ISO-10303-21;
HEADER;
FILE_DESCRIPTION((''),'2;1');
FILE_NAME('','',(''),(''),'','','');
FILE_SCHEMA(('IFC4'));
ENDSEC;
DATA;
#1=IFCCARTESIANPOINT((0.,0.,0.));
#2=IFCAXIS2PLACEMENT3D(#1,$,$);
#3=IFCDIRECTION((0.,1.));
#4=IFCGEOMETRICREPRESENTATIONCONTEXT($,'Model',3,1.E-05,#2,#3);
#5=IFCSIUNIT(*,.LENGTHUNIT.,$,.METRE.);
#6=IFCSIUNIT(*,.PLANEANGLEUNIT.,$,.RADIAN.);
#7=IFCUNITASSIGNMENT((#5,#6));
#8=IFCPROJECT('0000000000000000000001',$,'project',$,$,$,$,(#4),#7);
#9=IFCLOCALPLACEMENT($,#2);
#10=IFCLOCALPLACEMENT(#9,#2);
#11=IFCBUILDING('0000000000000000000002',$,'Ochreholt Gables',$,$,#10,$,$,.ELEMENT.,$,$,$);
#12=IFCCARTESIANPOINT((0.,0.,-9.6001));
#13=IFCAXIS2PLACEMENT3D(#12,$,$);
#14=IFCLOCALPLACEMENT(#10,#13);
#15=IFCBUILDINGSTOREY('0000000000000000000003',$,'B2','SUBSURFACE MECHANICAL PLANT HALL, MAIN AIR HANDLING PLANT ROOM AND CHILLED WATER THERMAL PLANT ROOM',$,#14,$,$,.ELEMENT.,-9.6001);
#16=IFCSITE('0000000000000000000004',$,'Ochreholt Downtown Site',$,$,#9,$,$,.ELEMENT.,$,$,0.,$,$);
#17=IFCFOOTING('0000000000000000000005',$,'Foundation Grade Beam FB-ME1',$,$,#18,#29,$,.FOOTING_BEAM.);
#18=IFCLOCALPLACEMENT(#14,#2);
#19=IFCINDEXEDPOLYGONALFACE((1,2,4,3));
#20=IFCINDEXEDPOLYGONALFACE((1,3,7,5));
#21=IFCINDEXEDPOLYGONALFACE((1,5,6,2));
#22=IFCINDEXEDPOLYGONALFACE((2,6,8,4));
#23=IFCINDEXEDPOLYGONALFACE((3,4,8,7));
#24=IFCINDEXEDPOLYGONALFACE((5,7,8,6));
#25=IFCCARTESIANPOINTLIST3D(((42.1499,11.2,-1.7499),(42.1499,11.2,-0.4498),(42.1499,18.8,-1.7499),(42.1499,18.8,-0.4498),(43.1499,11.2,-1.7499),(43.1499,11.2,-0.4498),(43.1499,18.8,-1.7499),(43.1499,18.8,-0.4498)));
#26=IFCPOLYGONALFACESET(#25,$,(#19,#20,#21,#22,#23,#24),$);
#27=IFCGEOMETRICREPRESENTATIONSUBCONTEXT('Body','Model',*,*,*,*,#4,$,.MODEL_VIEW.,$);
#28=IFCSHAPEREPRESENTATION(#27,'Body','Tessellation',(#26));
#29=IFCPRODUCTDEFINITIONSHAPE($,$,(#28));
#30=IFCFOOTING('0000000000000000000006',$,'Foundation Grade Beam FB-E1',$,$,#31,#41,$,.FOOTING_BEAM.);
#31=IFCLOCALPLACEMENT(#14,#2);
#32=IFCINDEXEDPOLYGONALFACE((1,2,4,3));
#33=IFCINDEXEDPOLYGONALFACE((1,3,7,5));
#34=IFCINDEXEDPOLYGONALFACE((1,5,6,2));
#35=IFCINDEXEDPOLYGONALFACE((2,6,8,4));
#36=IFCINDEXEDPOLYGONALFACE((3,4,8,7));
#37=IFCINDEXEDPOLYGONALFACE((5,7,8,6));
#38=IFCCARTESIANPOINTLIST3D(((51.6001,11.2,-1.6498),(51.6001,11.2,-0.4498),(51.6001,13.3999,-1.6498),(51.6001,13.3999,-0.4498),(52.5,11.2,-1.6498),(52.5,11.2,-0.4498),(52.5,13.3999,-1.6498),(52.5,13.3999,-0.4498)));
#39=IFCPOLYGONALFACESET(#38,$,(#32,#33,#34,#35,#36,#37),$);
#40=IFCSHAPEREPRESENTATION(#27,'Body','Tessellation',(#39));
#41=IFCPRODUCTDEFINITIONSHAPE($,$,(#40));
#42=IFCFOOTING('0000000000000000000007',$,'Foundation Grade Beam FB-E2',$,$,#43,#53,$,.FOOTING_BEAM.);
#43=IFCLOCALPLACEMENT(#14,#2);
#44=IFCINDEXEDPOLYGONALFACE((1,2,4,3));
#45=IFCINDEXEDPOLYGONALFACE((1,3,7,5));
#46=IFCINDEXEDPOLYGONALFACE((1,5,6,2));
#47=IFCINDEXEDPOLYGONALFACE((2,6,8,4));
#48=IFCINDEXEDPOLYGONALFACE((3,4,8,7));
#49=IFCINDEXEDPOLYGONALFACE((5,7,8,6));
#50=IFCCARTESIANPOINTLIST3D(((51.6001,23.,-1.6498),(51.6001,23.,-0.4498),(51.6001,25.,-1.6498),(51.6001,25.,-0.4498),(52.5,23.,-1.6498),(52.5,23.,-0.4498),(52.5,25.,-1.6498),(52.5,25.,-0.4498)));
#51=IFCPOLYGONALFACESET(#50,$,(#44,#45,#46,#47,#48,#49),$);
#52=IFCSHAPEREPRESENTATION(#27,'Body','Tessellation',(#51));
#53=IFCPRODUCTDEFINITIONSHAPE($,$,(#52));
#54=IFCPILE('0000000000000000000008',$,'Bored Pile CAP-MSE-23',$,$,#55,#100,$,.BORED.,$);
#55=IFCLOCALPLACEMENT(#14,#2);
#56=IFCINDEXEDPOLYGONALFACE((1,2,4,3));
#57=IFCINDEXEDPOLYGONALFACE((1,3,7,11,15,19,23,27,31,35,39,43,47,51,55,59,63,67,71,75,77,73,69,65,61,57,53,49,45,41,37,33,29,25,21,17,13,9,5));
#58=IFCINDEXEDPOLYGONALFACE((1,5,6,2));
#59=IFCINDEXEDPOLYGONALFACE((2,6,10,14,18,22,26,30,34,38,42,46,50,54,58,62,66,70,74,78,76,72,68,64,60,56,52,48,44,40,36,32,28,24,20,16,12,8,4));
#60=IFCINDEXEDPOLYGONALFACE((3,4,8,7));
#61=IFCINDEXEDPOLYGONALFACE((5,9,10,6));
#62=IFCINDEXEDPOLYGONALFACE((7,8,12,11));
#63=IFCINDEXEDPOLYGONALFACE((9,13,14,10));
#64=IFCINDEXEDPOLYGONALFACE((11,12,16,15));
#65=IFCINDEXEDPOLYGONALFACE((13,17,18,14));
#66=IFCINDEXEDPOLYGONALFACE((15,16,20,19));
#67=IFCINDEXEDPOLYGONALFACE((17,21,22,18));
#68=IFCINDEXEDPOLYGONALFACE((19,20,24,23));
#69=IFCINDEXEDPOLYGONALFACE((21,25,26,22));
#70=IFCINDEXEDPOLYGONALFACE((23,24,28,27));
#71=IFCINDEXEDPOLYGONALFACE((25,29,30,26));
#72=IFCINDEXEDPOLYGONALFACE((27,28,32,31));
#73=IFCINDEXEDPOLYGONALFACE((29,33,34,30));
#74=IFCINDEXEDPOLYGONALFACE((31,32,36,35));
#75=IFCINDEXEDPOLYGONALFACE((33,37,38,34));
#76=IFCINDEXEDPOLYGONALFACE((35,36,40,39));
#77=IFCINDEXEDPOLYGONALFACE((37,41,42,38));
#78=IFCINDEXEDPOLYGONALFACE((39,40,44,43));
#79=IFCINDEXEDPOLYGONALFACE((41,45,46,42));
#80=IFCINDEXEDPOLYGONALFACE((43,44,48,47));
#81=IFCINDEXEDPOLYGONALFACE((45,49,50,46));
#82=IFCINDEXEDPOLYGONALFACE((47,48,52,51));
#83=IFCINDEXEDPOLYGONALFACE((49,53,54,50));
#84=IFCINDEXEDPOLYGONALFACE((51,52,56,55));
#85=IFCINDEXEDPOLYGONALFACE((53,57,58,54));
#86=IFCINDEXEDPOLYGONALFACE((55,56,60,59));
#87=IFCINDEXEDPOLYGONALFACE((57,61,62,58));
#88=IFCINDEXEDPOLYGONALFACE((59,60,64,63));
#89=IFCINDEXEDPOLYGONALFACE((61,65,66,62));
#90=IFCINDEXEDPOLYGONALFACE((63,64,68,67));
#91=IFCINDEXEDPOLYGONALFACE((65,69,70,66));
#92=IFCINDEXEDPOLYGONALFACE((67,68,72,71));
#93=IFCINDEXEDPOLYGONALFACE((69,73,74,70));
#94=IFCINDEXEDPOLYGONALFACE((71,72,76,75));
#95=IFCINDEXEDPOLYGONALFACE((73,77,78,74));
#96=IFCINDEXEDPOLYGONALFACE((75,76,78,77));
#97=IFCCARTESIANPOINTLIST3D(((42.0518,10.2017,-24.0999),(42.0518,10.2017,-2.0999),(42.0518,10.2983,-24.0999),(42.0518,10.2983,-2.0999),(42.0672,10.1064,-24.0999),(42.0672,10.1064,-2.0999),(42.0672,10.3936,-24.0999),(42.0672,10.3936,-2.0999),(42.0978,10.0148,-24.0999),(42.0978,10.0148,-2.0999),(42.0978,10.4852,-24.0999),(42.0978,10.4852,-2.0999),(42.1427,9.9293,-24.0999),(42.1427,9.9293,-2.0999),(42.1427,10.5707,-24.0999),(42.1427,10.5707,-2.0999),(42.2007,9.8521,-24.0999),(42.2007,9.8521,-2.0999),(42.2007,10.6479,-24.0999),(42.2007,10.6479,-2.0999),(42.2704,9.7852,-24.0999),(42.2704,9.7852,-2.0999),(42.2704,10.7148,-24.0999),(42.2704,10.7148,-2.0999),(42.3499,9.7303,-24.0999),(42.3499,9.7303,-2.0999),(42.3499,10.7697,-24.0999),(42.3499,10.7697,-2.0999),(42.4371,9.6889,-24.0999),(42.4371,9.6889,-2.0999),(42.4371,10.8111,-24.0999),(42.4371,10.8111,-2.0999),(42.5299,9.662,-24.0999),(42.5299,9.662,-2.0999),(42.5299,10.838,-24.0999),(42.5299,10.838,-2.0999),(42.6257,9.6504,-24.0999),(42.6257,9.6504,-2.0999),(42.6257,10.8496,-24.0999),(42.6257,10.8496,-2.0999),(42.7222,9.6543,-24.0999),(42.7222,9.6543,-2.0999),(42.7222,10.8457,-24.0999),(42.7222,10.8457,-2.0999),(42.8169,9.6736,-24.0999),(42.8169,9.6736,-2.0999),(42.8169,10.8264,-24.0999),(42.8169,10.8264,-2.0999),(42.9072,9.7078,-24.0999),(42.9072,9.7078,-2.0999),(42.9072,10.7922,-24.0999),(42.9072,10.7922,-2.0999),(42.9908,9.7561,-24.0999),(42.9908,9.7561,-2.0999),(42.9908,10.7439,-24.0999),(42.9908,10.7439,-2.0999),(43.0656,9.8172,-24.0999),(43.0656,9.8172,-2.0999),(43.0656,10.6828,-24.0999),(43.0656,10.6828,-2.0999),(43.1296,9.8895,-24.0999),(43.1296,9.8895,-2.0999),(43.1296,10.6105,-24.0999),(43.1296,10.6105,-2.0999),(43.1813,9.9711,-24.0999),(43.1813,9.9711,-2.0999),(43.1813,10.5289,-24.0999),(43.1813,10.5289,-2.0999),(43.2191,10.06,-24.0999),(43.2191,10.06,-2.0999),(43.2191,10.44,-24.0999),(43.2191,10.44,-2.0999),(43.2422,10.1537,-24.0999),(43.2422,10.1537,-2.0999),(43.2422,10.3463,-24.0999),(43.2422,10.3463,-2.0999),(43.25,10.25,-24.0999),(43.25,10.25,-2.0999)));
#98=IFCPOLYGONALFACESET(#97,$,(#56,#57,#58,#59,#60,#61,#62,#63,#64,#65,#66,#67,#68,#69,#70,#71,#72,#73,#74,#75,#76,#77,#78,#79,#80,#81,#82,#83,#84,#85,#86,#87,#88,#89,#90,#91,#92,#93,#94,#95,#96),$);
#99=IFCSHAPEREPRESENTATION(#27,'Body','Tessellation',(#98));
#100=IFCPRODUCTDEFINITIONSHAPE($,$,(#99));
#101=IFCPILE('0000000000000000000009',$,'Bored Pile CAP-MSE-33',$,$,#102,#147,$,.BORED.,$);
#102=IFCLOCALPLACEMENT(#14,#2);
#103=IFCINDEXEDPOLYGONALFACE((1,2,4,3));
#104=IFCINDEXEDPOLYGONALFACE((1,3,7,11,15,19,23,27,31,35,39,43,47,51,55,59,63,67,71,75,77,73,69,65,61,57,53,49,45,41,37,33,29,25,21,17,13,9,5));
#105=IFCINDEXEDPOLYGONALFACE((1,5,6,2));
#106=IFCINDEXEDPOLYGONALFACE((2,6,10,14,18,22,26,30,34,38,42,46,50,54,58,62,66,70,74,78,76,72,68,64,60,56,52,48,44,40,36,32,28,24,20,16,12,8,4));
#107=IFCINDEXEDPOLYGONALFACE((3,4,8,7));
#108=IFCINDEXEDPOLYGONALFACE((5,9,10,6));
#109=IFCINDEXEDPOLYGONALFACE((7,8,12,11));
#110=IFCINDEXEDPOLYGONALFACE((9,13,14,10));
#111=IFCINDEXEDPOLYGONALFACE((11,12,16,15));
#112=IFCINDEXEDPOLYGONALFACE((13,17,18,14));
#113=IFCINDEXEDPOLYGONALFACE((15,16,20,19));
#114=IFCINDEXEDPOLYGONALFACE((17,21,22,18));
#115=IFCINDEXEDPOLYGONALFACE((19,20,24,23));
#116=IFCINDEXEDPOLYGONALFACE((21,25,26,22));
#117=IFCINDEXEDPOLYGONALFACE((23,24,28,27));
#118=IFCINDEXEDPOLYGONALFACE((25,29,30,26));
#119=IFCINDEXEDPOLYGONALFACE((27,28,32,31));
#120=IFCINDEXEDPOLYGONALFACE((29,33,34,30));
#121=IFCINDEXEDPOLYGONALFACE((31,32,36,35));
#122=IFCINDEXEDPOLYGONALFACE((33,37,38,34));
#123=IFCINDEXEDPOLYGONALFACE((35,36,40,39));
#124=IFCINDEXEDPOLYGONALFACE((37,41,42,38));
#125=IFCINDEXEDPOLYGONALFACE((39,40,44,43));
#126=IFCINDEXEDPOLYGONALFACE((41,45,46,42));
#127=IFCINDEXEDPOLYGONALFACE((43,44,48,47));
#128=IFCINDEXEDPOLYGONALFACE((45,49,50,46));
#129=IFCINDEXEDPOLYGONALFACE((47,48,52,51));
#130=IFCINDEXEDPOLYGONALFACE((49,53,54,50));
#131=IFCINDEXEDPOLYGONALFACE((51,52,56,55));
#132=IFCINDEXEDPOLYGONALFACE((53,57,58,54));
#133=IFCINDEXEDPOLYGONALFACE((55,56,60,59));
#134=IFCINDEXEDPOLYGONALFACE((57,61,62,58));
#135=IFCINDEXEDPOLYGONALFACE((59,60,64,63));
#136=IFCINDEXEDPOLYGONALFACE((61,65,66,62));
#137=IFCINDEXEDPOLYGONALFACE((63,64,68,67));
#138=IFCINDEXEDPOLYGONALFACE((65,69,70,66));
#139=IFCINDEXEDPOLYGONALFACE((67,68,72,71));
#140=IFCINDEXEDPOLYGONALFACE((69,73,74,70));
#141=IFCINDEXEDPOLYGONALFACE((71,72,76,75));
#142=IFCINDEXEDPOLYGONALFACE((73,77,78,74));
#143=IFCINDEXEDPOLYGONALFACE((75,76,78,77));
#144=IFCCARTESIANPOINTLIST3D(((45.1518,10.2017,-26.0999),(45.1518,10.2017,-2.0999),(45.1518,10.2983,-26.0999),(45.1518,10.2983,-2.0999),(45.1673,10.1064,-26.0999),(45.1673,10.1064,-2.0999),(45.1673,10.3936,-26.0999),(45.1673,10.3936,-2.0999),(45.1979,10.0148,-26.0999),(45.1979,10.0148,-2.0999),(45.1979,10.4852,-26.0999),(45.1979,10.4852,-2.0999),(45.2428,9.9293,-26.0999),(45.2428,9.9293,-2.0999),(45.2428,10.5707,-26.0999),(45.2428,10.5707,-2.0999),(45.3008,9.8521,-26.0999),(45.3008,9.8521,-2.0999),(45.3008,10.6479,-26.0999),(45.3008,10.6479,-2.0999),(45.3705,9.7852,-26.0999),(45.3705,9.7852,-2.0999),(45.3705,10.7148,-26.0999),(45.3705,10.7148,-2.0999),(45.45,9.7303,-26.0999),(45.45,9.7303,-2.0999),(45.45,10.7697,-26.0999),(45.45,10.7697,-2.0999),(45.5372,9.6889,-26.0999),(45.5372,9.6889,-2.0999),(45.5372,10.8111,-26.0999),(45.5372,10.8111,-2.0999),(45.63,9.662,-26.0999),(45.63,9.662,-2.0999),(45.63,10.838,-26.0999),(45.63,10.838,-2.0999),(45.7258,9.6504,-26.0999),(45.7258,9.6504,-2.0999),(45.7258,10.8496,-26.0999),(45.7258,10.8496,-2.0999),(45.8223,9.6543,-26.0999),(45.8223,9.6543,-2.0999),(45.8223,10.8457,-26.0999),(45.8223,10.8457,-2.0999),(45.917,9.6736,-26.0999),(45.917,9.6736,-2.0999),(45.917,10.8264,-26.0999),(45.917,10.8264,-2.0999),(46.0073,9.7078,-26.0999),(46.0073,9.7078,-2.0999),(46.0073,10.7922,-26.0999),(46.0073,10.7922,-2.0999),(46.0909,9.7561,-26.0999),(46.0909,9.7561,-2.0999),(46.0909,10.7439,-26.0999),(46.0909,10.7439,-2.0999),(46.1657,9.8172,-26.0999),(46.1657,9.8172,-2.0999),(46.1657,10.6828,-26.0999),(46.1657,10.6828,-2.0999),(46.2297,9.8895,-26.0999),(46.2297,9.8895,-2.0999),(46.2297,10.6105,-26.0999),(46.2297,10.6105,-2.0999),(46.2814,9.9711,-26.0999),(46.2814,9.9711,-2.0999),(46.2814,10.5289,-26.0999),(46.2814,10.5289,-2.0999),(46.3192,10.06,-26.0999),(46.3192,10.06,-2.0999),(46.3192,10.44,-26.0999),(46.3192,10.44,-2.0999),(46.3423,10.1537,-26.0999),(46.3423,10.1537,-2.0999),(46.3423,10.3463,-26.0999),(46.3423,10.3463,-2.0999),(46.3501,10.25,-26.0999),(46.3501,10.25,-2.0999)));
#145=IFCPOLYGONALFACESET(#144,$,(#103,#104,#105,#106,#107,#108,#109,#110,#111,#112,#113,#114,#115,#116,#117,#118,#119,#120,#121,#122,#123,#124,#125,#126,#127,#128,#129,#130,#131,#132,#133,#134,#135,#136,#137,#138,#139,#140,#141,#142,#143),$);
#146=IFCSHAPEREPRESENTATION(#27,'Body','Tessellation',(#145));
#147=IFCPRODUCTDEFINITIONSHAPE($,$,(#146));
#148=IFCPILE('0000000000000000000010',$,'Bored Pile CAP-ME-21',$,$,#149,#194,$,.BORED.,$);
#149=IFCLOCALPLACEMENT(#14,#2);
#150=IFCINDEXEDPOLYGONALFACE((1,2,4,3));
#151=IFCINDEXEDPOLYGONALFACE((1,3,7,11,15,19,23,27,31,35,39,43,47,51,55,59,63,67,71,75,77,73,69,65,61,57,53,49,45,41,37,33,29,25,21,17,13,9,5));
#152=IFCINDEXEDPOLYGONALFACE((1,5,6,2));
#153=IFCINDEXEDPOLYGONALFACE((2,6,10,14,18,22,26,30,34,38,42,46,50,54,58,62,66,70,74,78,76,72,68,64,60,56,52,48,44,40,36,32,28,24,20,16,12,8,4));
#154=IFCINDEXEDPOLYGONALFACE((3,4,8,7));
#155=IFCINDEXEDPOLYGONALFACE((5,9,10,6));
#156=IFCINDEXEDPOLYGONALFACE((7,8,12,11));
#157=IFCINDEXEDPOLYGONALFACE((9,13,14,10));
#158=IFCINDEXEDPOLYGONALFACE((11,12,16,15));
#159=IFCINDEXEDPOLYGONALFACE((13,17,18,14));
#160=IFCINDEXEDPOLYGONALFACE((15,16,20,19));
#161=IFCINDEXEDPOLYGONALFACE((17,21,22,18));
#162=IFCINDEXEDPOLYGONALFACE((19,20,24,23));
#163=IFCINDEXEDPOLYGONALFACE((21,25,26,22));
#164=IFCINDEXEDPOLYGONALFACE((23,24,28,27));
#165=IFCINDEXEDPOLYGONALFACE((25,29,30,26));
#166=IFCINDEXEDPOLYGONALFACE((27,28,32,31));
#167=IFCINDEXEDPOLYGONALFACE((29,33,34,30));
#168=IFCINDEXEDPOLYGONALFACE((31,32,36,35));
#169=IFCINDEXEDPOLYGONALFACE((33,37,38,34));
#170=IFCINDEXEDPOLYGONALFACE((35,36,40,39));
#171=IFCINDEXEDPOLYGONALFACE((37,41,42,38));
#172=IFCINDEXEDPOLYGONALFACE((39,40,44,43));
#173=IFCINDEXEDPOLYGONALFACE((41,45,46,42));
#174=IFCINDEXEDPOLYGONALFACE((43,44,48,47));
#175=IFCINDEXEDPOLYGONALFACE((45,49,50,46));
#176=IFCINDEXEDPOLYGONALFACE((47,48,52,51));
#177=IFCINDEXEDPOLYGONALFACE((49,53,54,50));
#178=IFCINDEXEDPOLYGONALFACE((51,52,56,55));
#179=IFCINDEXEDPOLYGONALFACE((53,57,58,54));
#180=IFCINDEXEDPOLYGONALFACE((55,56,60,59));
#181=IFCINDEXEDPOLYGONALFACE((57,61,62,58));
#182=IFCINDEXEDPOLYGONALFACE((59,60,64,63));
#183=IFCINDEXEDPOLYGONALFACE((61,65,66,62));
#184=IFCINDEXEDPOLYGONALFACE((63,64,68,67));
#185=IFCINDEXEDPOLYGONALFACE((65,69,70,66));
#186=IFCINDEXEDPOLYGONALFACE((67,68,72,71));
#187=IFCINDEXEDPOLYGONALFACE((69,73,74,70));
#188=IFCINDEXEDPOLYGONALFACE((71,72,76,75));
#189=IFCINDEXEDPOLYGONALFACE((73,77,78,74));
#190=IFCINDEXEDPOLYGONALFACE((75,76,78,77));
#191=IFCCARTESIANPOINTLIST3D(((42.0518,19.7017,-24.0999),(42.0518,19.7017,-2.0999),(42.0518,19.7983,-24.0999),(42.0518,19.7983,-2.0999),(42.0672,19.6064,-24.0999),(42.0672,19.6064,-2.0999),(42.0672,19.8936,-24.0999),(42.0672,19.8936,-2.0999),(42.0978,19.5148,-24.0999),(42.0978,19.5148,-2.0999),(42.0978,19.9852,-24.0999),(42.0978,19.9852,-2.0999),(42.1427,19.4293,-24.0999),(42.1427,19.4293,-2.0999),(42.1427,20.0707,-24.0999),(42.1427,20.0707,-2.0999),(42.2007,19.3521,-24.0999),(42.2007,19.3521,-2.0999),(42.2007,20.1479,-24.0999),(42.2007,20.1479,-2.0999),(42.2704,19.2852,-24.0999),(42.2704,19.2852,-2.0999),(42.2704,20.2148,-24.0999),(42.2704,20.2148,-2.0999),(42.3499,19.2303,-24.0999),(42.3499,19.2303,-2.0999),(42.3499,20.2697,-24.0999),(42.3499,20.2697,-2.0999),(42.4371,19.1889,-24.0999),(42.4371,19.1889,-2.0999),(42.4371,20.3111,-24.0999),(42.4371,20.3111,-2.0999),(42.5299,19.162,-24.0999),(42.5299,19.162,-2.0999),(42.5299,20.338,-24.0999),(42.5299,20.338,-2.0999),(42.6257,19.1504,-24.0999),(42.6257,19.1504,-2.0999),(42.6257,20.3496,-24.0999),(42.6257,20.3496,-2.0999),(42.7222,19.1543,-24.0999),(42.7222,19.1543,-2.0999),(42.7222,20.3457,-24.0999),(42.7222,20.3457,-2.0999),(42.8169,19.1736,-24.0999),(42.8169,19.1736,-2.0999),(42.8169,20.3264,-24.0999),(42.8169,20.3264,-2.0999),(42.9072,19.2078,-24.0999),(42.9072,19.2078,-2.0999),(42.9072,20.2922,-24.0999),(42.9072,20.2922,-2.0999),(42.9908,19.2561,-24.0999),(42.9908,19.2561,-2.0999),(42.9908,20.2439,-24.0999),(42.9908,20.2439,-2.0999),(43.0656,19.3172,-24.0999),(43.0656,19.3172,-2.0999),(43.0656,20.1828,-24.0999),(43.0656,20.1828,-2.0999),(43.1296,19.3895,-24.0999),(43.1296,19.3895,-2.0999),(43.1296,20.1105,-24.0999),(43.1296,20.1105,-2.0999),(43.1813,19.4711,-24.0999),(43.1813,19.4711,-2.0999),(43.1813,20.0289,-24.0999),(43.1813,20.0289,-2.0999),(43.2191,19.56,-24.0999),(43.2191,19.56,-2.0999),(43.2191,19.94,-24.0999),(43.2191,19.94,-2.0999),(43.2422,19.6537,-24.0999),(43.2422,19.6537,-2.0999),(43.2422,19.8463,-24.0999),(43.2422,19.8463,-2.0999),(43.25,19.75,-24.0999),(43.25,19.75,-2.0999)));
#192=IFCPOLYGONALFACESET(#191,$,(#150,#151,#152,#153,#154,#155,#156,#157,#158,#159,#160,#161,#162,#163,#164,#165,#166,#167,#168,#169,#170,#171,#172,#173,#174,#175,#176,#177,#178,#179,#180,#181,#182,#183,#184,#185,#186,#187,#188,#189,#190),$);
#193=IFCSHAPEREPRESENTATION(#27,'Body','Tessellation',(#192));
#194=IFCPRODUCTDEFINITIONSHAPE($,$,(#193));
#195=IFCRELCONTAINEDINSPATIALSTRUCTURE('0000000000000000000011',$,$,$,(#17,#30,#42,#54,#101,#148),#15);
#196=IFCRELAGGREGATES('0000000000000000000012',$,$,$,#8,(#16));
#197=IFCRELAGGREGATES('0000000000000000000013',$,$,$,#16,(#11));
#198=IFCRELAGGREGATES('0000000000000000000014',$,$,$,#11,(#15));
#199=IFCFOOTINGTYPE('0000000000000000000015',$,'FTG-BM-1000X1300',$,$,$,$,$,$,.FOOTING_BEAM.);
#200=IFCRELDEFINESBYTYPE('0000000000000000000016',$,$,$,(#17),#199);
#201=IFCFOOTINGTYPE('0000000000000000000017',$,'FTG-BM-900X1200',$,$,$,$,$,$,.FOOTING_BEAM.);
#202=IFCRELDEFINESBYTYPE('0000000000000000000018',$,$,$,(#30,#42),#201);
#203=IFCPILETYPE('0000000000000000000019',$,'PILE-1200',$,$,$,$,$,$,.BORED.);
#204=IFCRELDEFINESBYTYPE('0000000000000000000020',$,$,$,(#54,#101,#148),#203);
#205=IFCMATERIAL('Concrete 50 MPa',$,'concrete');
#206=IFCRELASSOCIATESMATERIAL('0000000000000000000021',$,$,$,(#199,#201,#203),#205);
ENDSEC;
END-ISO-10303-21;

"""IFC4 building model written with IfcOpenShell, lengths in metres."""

from ifc_helpers import new_model, si_unit, direction, frame, origin, origin_2d, place, context, subcontext, project, spatial, rectangle, circle, extrude, material, material_profile, profile_set, type_object, element, save


model = new_model("IFC4")

# Units and contexts
model_context = context("Model", 3, precision=1e-05, world=origin(), true_north=direction((0.0, 1.0)))
body_context = subcontext(model_context, "Body", "Model", "MODEL_VIEW")
ifc_project = project(units=[si_unit("LENGTHUNIT", "METRE"), si_unit("PLANEANGLEUNIT", "RADIAN")], contexts=[model_context])

# Site, building, storey
site_placement = place(None, origin())
site = spatial("IfcSite", under=ifc_project, at=site_placement, Name="Ochreholt Downtown Site", CompositionType="ELEMENT", RefElevation=0.0)
building_placement = place(site_placement, origin())
building = spatial("IfcBuilding", under=site, at=building_placement, Name="Ochreholt Gables", CompositionType="ELEMENT")
storey_placement = place(building_placement, frame((0.0, 0.0, -9.6001)))
storey = spatial("IfcBuildingStorey", under=building, at=storey_placement, Name="B2", Description="SUBSURFACE MECHANICAL PLANT HALL, MAIN AIR HANDLING PLANT ROOM AND CHILLED WATER THERMAL PLANT ROOM", CompositionType="ELEMENT", Elevation=-9.6001)

# Footings
ifc_material_1 = material(Name="Concrete 50 MPa", Category="concrete")
ifc_material_profile_1 = material_profile(ifc_material_1, rectangle(XDim=1.0, YDim=1.3, at=origin_2d()), Name="FB1000X1300")
ifc_profile_set_1 = profile_set([ifc_material_profile_1], Name="Concrete 50 MPa")
footing_type_1 = type_object("IfcFootingType", Name="FTG-BM-1000X1300", PredefinedType="FOOTING_BEAM", material=ifc_profile_set_1)
footing_1_placement = place(storey_placement, frame((42.6499, 11.2, -1.0999), z_axis=(0.0, 1.0, 0.0), x_axis=(-1.0, 0.0, 0.0)))
element("IfcFooting", 1, at=footing_1_placement, inside=storey, type_object=footing_type_1, Name="Foundation Grade Beam FB-ME1", PredefinedType="FOOTING_BEAM", context=body_context, shape_type="SweptSolid", body=[
    extrude(rectangle(XDim=1.0, YDim=1.3, at=origin_2d()), origin(), (0.0, 0.0, 1.0), 7.6001),
])
ifc_material_profile_2 = material_profile(ifc_material_1, rectangle(XDim=0.8999, YDim=1.2, at=origin_2d()), Name="FB900X1200")
ifc_profile_set_2 = profile_set([ifc_material_profile_2], Name="Concrete 50 MPa")
footing_type_2 = type_object("IfcFootingType", Name="FTG-BM-900X1200", PredefinedType="FOOTING_BEAM", material=ifc_profile_set_2)
footing_2_placement = place(storey_placement, frame((52.05, 11.2, -1.0498), z_axis=(0.0, 1.0, 0.0), x_axis=(-1.0, 0.0, 0.0)))
element("IfcFooting", 2, at=footing_2_placement, inside=storey, type_object=footing_type_2, Name="Foundation Grade Beam FB-E1", PredefinedType="FOOTING_BEAM", context=body_context, shape_type="SweptSolid", body=[
    extrude(rectangle(XDim=0.8999, YDim=1.2, at=origin_2d()), origin(), (0.0, 0.0, 1.0), 2.2),
])
footing_3_placement = place(storey_placement, frame((52.05, 23.0, -1.0498), z_axis=(0.0, 1.0, 0.0), x_axis=(-1.0, 0.0, 0.0)))
element("IfcFooting", 3, at=footing_3_placement, inside=storey, type_object=footing_type_2, Name="Foundation Grade Beam FB-E2", PredefinedType="FOOTING_BEAM", context=body_context, shape_type="SweptSolid", body=[
    extrude(rectangle(XDim=0.8999, YDim=1.2, at=origin_2d()), origin(), (0.0, 0.0, 1.0), 2.0),
])

# Piles
ifc_material_profile_3 = material_profile(ifc_material_1, circle(Radius=0.6001, at=origin_2d()), Name="PILE1200")
ifc_profile_set_3 = profile_set([ifc_material_profile_3], Name="Concrete 50 MPa")
pile_type = type_object("IfcPileType", Name="PILE-1200", PredefinedType="BORED", material=ifc_profile_set_3)
pile_1_placement = place(storey_placement, frame((42.6499, 10.25, -2.0999), z_axis=(0.0, 0.0, -1.0), x_axis=(1.0, 0.0, 0.0)))
element("IfcPile", 4, at=pile_1_placement, inside=storey, type_object=pile_type, Name="Bored Pile CAP-MSE-23", PredefinedType="BORED", context=body_context, shape_type="SweptSolid", body=[
    extrude(circle(Radius=0.6001, at=origin_2d()), origin(), (0.0, 0.0, 1.0), 22.0),
])
pile_2_placement = place(storey_placement, frame((45.75, 10.25, -2.0999), z_axis=(0.0, 0.0, -1.0), x_axis=(1.0, 0.0, 0.0)))
element("IfcPile", 5, at=pile_2_placement, inside=storey, type_object=pile_type, Name="Bored Pile CAP-MSE-33", PredefinedType="BORED", context=body_context, shape_type="SweptSolid", body=[
    extrude(circle(Radius=0.6001, at=origin_2d()), origin(), (0.0, 0.0, 1.0), 24.0),
])
pile_3_placement = place(storey_placement, frame((42.6499, 19.75, -2.0999), z_axis=(0.0, 0.0, -1.0), x_axis=(1.0, 0.0, 0.0)))
element("IfcPile", 6, at=pile_3_placement, inside=storey, type_object=pile_type, Name="Bored Pile CAP-ME-21", PredefinedType="BORED", context=body_context, shape_type="SweptSolid", body=[
    extrude(circle(Radius=0.6001, at=origin_2d()), origin(), (0.0, 0.0, 1.0), 22.0),
])

save(model, "model.ifc")
